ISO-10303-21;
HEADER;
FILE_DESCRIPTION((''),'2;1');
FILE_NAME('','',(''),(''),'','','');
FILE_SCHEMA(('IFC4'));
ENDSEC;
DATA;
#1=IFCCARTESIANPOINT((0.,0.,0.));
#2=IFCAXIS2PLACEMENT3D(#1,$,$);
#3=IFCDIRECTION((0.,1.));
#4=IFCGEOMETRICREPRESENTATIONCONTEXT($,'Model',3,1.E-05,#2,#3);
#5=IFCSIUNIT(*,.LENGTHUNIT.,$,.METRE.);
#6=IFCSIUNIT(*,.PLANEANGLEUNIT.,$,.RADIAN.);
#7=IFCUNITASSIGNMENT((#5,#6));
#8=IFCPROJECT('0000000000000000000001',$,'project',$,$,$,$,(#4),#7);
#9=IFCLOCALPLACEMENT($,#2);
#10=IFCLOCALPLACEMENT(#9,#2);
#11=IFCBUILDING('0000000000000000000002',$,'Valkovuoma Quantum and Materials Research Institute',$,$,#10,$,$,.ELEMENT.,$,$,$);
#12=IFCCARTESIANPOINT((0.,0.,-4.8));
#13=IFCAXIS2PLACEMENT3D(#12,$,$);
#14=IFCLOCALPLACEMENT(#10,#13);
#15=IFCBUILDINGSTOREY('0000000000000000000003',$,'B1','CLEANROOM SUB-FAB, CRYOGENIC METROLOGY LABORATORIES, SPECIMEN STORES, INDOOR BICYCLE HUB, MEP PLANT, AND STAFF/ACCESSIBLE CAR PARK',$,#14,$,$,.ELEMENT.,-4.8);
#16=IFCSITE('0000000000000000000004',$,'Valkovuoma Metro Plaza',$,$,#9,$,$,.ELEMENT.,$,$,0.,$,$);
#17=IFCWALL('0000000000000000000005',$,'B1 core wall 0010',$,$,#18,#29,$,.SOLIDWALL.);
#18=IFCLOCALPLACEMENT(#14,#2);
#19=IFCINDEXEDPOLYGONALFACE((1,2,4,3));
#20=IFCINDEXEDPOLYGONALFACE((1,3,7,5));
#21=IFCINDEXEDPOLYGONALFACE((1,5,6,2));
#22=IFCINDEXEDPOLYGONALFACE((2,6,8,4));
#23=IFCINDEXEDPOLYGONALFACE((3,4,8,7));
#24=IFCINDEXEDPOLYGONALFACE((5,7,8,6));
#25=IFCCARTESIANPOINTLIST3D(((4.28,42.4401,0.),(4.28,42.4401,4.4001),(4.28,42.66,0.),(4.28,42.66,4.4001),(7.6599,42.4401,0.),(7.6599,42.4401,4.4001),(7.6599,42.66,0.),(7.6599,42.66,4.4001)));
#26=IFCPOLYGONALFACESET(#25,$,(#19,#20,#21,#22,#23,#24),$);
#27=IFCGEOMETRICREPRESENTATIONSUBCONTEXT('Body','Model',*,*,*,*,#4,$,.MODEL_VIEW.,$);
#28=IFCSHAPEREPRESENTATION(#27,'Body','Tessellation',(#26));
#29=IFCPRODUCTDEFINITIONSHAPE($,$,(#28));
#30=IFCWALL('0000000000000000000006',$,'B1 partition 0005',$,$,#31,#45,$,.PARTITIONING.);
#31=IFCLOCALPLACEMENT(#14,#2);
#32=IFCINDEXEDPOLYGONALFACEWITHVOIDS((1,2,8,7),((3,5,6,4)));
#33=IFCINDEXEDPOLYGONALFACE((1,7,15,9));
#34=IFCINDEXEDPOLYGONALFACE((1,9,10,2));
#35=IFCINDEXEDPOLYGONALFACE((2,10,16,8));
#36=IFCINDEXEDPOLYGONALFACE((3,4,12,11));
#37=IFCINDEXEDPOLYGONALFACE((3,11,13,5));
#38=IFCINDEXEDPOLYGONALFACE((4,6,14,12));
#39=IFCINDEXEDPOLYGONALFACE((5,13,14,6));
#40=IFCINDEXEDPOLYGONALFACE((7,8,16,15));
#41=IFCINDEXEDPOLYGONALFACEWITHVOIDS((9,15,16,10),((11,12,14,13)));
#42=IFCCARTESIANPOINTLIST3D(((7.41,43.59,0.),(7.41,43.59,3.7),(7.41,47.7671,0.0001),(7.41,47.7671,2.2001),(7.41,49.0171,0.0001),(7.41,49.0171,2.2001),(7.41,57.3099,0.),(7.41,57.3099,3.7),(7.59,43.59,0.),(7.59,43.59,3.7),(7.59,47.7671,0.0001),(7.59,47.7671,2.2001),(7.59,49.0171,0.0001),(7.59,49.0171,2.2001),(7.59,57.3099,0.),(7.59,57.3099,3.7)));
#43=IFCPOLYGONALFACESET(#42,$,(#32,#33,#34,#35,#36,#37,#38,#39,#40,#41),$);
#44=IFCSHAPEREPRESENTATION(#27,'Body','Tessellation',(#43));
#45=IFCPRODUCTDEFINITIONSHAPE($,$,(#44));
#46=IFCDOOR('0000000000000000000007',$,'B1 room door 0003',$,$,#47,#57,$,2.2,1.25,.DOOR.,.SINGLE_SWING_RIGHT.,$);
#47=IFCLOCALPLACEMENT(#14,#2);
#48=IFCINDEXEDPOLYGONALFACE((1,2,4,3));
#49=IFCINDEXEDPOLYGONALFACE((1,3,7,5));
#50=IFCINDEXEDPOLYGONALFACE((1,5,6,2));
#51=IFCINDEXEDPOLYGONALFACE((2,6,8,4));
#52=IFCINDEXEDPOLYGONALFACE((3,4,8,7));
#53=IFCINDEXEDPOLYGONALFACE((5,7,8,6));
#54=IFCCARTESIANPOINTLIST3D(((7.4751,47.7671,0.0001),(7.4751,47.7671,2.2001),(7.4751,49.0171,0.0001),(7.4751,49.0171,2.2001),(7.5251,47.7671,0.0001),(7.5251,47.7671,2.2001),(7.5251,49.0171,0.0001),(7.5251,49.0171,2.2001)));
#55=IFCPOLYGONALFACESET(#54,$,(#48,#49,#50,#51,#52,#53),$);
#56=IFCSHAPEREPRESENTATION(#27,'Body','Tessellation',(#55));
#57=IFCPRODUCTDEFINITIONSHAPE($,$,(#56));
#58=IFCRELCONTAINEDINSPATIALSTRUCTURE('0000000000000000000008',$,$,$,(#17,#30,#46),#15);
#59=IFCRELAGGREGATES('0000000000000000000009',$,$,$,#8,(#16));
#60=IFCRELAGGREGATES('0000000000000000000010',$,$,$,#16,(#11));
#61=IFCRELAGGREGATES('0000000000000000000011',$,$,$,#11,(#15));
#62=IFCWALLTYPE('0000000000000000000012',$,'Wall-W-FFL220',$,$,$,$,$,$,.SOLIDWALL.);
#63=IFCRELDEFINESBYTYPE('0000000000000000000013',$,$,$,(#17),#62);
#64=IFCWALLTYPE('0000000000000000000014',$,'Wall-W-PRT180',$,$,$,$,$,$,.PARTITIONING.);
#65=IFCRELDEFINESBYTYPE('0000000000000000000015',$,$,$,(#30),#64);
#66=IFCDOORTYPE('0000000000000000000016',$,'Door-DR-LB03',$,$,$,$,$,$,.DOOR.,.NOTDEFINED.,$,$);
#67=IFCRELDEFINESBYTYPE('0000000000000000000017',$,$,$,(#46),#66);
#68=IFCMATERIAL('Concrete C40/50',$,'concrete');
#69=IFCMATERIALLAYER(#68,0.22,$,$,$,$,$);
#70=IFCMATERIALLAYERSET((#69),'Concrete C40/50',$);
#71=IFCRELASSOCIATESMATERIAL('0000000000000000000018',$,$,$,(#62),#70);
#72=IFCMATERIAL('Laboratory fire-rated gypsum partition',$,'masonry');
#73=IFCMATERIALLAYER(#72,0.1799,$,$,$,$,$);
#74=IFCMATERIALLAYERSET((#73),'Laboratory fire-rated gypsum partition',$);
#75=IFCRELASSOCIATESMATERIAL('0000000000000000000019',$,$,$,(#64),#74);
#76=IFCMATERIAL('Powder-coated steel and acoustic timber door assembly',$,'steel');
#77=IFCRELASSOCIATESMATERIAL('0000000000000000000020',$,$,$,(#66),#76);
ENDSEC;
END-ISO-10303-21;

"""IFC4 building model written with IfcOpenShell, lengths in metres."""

from ifc_helpers import new_model, si_unit, direction, frame, frame_2d, origin, place, context, subcontext, project, spatial, rectangle, extrude, material, layer, layer_set, type_object, element, fill, save


model = new_model("IFC4")

# Units and contexts
model_context = context("Model", 3, precision=1e-05, world=origin(), true_north=direction((0.0, 1.0)))
body_context = subcontext(model_context, "Body", "Model", "MODEL_VIEW")
ifc_project = project(units=[si_unit("LENGTHUNIT", "METRE"), si_unit("PLANEANGLEUNIT", "RADIAN")], contexts=[model_context])

# Site, building, storey
site_placement = place(None, origin())
site = spatial("IfcSite", under=ifc_project, at=site_placement, Name="Valkovuoma Metro Plaza", CompositionType="ELEMENT", RefElevation=0.0)
building_placement = place(site_placement, origin())
building = spatial("IfcBuilding", under=site, at=building_placement, Name="Valkovuoma Quantum and Materials Research Institute", CompositionType="ELEMENT")
storey_placement = place(building_placement, frame((0.0, 0.0, -4.8)))
storey = spatial("IfcBuildingStorey", under=building, at=storey_placement, Name="B1", Description="CLEANROOM SUB-FAB, CRYOGENIC METROLOGY LABORATORIES, SPECIMEN STORES, INDOOR BICYCLE HUB, MEP PLANT, AND STAFF/ACCESSIBLE CAR PARK", CompositionType="ELEMENT", Elevation=-4.8)

# Wall
ifc_material_1 = material(Name="Concrete C40/50", Category="concrete")
ifc_layer_1 = layer(ifc_material_1, 0.22)
ifc_layer_set_1 = layer_set([ifc_layer_1], Name="Concrete C40/50")
wall_type_1 = type_object("IfcWallType", Name="Wall-W-FFL220", PredefinedType="SOLIDWALL", material=ifc_layer_set_1)
wall_1_placement = place(storey_placement, frame((4.28, 42.55, 0.0), z_axis=(0.0, 0.0, 1.0), x_axis=(1.0, 0.0, 0.0)))
element("IfcWall", 1, at=wall_1_placement, inside=storey, type_object=wall_type_1, Name="B1 core wall 0010", PredefinedType="SOLIDWALL", context=body_context, shape_type="SweptSolid", body=[
    extrude(rectangle(XDim=3.3799, YDim=0.22, at=frame_2d((1.6899, 0.0))), origin(), (0.0, 0.0, 1.0), 4.4001),
])

# Wall, opening, door
ifc_material_2 = material(Name="Laboratory fire-rated gypsum partition", Category="masonry")
ifc_layer_2 = layer(ifc_material_2, 0.1799)
ifc_layer_set_2 = layer_set([ifc_layer_2], Name="Laboratory fire-rated gypsum partition")
wall_type_2 = type_object("IfcWallType", Name="Wall-W-PRT180", PredefinedType="PARTITIONING", material=ifc_layer_set_2)
wall_2_placement = place(storey_placement, frame((7.5, 43.5901, 0.0), z_axis=(0.0, 0.0, 1.0), x_axis=(0.0, 1.0, 0.0)))
wall_2 = element("IfcWall", 2, at=wall_2_placement, inside=storey, type_object=wall_type_2, Name="B1 partition 0005", PredefinedType="PARTITIONING", context=body_context, shape_type="SweptSolid", body=[
    extrude(rectangle(XDim=13.72, YDim=0.1799, at=frame_2d((6.8599, 0.0))), origin(), (0.0, 0.0, 1.0), 3.7),
])
opening_1_placement = place(wall_2_placement, frame((4.177, 0.0, 0.0)))
opening_1 = element("IfcOpeningElement", 3, at=opening_1_placement, cuts=wall_2, PredefinedType="OPENING", context=body_context, shape_type="SweptSolid", body=[
    extrude(rectangle(XDim=1.25, YDim=2.2, at=frame_2d((0.625, 1.1001))), frame((0.0, 0.1001, 0.0), z_axis=(0.0, -1.0, 0.0), x_axis=(1.0, 0.0, 0.0)), (0.0, 0.0, 1.0), 0.2),
])
ifc_material_3 = material(Name="Powder-coated steel and acoustic timber door assembly", Category="steel")
door_type_1 = type_object("IfcDoorType", Name="Door-DR-LB03", OperationType="NOTDEFINED", PredefinedType="DOOR", material=ifc_material_3)
door_1_placement = place(opening_1_placement, origin())
door_1 = element("IfcDoor", 4, at=door_1_placement, inside=storey, type_object=door_type_1, Name="B1 room door 0003", OperationType="SINGLE_SWING_RIGHT", OverallHeight=2.2, OverallWidth=1.25, PredefinedType="DOOR", context=body_context, shape_type="SweptSolid", body=[
    extrude(rectangle(XDim=1.25, YDim=2.2, at=frame_2d((0.625, 1.1001))), frame((0.0, 0.0249, 0.0), z_axis=(0.0, -1.0, 0.0), x_axis=(1.0, 0.0, 0.0)), (0.0, 0.0, 1.0), 0.05),
])
fill(opening_1, door_1)

save(model, "model.ifc")
